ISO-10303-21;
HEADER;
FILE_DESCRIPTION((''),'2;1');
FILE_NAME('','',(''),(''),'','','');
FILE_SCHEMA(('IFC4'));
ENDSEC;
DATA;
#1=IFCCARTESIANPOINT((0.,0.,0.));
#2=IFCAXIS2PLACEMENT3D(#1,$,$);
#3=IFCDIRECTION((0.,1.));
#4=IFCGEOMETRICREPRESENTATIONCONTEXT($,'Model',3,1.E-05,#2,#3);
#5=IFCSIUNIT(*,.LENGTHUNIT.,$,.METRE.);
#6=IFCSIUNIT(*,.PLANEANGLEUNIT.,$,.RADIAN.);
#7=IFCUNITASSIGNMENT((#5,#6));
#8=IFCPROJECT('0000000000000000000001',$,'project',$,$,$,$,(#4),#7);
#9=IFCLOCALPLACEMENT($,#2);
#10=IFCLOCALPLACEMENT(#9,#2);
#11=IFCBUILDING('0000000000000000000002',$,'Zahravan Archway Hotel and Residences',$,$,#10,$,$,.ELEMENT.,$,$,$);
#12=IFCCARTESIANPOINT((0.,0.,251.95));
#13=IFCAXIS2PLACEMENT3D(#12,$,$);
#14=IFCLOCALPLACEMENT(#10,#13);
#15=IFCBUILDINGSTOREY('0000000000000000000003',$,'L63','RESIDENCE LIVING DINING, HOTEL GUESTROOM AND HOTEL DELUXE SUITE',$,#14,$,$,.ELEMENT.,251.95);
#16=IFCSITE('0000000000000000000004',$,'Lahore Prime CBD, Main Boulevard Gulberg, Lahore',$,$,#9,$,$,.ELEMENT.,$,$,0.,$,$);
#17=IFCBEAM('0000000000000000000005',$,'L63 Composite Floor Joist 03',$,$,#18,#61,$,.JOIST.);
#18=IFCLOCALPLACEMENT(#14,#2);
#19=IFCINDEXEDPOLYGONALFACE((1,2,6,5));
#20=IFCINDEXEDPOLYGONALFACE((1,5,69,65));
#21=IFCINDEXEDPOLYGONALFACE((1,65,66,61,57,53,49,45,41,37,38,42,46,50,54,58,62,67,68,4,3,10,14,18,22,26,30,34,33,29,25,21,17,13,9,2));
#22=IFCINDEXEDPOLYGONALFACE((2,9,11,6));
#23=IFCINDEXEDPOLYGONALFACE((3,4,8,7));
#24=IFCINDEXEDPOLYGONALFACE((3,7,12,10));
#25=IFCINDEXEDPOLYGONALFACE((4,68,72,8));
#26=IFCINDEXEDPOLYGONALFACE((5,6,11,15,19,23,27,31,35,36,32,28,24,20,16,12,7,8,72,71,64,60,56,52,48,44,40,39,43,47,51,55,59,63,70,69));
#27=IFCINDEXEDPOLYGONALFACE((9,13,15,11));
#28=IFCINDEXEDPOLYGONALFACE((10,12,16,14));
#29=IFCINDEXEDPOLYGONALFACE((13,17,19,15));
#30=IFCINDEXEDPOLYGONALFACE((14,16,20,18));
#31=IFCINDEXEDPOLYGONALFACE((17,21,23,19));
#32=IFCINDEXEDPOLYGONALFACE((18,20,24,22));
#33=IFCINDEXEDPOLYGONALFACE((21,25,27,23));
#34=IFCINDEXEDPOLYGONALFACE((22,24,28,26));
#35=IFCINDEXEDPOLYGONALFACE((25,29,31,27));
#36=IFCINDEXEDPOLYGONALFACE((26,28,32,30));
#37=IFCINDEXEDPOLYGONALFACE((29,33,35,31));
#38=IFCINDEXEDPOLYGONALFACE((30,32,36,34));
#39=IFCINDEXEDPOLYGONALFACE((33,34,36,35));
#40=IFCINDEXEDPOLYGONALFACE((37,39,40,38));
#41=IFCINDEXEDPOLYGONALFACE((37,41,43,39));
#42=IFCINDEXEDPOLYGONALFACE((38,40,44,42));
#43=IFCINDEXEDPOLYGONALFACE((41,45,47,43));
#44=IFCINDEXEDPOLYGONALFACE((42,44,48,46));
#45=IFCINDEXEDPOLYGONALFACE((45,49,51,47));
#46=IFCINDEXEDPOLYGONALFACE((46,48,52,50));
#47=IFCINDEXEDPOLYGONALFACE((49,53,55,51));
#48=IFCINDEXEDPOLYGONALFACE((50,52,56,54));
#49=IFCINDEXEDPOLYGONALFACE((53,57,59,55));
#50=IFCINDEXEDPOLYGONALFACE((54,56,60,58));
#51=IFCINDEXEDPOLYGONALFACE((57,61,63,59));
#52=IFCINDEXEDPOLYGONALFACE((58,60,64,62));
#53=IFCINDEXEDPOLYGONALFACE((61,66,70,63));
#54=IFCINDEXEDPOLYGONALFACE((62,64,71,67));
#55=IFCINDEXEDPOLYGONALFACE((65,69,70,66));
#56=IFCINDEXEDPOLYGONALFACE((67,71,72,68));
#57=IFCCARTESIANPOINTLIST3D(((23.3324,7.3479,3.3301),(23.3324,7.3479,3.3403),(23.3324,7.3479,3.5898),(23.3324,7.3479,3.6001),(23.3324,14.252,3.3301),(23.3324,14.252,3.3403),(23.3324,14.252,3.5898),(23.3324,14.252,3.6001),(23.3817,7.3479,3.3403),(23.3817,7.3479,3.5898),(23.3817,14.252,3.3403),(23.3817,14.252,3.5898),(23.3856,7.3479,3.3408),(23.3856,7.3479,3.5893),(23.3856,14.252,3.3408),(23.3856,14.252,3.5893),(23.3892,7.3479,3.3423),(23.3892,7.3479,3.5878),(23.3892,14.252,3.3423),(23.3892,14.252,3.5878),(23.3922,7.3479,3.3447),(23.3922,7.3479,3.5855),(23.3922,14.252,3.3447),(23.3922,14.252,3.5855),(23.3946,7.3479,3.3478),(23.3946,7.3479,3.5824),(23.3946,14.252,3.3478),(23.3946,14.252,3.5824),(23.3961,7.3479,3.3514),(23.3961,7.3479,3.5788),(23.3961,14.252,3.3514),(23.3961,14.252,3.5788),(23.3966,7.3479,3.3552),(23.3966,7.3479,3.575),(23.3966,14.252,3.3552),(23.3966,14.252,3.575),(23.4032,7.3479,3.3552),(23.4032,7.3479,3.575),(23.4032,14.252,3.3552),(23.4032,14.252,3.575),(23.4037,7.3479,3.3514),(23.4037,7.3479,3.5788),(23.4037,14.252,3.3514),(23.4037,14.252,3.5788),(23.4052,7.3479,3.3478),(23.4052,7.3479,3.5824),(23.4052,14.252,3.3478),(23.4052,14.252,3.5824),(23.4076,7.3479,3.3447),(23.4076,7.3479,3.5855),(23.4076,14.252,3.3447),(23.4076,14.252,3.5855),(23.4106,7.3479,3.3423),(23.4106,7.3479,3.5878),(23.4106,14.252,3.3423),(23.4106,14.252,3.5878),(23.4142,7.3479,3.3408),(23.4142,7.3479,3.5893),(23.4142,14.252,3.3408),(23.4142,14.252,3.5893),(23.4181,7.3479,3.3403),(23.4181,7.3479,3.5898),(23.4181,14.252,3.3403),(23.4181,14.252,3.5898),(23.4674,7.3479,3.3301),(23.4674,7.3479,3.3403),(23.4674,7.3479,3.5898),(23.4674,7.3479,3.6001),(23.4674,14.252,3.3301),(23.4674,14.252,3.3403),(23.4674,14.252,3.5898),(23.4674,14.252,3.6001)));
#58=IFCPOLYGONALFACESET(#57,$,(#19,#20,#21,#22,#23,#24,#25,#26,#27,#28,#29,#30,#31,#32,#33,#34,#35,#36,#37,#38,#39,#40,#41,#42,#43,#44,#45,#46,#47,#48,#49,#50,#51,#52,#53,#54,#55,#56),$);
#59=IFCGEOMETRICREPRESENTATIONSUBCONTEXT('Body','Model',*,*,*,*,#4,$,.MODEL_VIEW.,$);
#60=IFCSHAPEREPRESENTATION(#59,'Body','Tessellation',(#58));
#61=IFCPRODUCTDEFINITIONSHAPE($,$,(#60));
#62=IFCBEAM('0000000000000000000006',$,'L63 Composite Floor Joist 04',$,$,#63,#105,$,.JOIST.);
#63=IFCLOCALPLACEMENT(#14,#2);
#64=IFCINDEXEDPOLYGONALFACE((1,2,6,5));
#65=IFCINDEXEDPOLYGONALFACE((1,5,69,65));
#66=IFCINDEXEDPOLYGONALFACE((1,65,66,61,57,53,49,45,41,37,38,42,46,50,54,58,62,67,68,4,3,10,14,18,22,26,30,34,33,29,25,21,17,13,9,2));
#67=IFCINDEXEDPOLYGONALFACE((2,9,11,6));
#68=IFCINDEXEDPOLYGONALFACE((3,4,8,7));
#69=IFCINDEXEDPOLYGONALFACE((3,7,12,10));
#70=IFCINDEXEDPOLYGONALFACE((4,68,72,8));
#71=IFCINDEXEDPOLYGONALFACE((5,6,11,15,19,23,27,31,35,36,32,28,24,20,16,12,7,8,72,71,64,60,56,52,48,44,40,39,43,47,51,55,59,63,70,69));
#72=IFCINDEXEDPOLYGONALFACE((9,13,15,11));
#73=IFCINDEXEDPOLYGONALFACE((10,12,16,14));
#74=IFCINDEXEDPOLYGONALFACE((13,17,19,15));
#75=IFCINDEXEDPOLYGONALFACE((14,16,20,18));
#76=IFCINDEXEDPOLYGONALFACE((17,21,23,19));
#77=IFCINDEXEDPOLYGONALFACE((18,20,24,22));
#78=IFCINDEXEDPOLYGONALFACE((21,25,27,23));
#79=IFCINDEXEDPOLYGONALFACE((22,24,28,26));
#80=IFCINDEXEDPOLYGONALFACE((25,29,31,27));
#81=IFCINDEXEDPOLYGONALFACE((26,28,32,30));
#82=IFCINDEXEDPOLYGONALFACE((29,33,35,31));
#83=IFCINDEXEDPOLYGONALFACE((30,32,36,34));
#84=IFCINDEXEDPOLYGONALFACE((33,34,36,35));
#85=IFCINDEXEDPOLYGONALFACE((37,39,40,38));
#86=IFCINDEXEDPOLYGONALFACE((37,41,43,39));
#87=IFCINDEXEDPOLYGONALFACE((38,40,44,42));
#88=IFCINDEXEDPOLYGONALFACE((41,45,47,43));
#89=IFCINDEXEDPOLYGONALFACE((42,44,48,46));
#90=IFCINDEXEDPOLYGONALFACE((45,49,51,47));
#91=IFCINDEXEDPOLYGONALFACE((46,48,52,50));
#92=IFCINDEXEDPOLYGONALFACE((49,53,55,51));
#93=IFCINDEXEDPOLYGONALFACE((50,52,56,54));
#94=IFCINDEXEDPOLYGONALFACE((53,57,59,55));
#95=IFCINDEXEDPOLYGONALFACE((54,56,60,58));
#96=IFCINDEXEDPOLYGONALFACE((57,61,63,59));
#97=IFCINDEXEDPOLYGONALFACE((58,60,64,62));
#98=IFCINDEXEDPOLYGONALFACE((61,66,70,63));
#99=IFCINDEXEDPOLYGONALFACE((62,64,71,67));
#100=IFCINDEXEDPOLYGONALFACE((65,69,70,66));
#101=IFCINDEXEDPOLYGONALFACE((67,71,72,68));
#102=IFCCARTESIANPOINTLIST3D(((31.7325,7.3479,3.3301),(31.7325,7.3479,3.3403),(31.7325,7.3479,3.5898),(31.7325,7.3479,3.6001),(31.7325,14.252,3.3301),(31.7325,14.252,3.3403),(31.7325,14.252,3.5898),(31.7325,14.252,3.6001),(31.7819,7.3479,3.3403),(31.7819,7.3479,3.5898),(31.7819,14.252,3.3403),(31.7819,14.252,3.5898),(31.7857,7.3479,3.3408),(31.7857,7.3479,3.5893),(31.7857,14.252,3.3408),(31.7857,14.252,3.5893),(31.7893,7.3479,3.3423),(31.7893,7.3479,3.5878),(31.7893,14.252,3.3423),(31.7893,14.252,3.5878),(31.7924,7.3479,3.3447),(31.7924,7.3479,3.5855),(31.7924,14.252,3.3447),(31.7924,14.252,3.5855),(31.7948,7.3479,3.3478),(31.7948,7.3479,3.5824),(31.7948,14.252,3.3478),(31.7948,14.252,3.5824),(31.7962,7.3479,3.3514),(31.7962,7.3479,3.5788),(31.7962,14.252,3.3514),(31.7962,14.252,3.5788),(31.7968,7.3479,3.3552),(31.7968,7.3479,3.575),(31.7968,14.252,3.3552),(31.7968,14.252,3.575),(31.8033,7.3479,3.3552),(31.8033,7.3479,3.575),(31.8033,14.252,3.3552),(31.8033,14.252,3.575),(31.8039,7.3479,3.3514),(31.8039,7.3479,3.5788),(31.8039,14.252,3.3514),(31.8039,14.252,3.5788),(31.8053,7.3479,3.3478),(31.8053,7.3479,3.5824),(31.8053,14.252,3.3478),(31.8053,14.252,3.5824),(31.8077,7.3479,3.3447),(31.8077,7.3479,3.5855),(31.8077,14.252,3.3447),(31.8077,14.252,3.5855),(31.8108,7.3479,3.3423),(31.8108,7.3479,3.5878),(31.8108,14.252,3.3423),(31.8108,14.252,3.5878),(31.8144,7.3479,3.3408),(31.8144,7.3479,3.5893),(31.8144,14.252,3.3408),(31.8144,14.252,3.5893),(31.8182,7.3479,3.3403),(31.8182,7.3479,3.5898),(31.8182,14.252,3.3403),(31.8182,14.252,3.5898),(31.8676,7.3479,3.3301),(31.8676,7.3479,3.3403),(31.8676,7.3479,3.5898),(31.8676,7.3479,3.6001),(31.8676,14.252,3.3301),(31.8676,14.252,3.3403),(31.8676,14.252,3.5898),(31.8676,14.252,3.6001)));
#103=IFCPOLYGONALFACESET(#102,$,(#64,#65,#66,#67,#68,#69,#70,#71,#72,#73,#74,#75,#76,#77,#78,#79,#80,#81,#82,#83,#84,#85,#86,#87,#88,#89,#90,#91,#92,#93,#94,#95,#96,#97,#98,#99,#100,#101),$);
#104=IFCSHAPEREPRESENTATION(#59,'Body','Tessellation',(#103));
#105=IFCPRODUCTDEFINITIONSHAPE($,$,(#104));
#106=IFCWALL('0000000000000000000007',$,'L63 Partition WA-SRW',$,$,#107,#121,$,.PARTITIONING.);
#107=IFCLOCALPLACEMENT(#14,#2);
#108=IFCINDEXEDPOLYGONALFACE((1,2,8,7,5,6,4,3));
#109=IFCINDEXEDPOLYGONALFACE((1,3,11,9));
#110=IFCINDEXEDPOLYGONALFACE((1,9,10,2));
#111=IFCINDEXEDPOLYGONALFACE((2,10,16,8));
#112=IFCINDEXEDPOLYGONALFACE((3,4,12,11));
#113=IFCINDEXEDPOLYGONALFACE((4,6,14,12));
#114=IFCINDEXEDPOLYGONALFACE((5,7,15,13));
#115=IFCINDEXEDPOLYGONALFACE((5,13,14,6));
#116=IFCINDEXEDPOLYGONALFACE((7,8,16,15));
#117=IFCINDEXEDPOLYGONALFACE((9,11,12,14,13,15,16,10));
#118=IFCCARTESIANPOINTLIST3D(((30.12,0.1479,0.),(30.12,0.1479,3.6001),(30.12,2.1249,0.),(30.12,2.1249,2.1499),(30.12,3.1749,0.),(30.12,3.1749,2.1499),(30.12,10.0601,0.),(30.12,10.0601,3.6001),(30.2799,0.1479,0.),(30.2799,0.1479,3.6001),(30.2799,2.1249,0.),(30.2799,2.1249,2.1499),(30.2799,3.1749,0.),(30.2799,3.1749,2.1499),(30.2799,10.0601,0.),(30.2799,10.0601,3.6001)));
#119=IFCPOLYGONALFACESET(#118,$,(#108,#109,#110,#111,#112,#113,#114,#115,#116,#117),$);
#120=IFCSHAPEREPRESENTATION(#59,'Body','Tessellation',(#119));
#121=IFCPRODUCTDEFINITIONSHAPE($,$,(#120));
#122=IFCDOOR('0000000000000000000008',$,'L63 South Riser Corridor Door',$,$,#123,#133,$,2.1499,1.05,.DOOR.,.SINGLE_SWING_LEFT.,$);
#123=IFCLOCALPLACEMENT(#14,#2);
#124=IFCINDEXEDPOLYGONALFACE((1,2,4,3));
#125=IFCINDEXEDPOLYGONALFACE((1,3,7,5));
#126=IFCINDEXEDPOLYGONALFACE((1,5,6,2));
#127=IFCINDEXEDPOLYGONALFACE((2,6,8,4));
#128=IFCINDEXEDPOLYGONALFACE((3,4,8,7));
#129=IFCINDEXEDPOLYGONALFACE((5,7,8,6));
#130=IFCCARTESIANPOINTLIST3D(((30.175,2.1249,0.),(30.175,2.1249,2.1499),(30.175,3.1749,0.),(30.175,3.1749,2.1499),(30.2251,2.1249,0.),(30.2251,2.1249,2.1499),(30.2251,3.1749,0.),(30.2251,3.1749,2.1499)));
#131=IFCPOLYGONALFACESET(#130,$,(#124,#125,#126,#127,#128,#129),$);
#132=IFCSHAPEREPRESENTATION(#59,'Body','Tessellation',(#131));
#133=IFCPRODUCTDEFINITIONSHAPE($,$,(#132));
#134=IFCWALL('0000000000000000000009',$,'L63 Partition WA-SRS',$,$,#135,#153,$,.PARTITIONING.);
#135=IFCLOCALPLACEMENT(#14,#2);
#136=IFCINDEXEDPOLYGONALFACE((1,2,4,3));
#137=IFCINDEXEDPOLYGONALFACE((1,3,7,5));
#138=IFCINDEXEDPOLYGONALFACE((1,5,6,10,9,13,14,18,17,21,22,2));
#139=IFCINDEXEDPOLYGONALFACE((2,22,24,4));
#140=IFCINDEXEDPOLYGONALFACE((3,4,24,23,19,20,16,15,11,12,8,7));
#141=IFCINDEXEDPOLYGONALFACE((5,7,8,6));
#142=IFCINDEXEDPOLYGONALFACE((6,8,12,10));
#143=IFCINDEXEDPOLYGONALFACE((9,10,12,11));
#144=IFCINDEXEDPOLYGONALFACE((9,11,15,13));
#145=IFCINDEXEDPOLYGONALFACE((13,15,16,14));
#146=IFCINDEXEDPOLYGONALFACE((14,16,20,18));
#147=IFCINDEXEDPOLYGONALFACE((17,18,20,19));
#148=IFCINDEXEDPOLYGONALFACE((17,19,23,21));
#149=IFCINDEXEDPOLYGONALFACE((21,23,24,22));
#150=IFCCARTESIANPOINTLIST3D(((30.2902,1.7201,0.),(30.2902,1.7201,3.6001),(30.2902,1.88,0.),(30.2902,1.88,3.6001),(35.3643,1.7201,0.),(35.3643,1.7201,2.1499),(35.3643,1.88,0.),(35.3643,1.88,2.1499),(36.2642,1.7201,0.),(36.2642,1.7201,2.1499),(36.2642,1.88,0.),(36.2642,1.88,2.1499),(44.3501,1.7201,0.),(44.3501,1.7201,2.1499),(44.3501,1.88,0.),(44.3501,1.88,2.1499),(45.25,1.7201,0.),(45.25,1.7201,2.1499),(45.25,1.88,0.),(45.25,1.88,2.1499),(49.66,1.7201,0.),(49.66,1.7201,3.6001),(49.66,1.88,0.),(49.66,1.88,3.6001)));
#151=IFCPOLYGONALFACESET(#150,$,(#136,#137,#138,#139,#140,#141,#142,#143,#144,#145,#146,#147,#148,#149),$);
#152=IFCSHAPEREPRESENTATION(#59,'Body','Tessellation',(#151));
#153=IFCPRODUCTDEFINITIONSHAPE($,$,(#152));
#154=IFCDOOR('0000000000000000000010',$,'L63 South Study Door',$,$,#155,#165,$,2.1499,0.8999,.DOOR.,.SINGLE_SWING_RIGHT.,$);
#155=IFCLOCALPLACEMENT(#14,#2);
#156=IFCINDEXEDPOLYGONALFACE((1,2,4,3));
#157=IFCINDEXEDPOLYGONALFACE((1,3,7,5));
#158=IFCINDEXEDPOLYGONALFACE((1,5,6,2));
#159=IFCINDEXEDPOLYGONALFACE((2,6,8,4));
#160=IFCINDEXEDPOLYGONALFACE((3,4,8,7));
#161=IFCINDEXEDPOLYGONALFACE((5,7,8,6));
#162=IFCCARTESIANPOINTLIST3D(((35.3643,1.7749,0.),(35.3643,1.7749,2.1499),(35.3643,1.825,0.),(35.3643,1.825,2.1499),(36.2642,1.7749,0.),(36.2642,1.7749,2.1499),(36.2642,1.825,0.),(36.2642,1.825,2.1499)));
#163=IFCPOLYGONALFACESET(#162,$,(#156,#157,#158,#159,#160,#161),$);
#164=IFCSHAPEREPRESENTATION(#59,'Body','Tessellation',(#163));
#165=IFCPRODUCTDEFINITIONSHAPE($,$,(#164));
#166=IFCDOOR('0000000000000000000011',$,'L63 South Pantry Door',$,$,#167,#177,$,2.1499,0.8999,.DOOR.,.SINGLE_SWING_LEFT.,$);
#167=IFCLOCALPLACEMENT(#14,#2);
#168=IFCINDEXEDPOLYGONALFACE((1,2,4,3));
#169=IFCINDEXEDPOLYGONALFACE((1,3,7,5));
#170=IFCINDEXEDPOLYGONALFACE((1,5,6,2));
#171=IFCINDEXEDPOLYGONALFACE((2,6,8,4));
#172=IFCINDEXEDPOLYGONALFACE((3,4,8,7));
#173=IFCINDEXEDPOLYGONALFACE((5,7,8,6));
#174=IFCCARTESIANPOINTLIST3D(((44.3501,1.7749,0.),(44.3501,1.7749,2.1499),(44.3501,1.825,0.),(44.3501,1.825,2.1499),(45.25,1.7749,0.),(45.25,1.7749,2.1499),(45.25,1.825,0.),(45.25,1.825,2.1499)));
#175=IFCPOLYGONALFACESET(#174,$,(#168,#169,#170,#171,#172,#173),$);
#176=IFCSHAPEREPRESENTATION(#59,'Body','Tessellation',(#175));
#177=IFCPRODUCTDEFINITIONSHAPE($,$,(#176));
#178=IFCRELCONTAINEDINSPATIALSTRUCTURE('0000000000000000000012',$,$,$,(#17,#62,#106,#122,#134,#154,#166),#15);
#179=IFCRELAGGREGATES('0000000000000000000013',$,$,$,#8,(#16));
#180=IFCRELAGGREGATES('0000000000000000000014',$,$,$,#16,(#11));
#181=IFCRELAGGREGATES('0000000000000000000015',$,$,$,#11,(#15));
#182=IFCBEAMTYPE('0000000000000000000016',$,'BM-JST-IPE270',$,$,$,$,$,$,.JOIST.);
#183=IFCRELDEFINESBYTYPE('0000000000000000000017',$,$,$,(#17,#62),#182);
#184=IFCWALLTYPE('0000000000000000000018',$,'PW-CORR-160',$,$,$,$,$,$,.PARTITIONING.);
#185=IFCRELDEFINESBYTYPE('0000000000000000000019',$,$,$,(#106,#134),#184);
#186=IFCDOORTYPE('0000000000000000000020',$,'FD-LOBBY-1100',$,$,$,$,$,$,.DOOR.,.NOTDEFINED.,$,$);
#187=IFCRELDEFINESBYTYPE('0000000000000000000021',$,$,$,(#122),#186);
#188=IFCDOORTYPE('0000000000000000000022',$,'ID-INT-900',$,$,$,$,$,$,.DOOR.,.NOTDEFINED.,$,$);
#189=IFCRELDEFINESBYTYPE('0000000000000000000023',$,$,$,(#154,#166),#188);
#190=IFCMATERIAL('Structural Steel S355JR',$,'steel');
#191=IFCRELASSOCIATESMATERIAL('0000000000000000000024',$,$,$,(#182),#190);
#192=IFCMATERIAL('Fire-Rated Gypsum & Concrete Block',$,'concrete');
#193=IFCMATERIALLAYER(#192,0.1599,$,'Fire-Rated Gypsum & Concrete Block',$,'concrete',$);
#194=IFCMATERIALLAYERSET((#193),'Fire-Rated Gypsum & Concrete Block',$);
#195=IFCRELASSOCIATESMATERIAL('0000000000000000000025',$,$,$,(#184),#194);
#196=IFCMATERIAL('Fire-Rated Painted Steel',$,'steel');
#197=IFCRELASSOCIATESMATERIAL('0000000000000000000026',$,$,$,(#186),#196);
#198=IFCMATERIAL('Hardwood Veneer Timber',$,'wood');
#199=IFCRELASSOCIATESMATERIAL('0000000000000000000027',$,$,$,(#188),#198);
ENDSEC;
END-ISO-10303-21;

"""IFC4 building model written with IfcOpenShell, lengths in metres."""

from ifc_helpers import new_model, si_unit, direction, frame, frame_2d, origin, origin_2d, place, context, subcontext, project, spatial, rectangle, i_section, extrude, source, transform, mapped, material, layer, layer_set, material_profile, profile_set, type_object, type_shapes, element, fill, save


model = new_model("IFC4")

# Units and contexts
model_context = context("Model", 3, precision=1e-05, world=origin(), true_north=direction((0.0, 1.0)))
body_context = subcontext(model_context, "Body", "Model", "MODEL_VIEW")
ifc_project = project(units=[si_unit("LENGTHUNIT", "METRE"), si_unit("PLANEANGLEUNIT", "RADIAN")], contexts=[model_context])

# Site, building, storey
site_placement = place(None, origin())
site = spatial("IfcSite", under=ifc_project, at=site_placement, Name="Lahore Prime CBD, Main Boulevard Gulberg, Lahore", CompositionType="ELEMENT", RefElevation=0.0)
building_placement = place(site_placement, origin())
building = spatial("IfcBuilding", under=site, at=building_placement, Name="Zahravan Archway Hotel and Residences", CompositionType="ELEMENT")
storey_placement = place(building_placement, frame((0.0, 0.0, 251.95)))
storey = spatial("IfcBuildingStorey", under=building, at=storey_placement, Name="L63", Description="RESIDENCE LIVING DINING, HOTEL GUESTROOM AND HOTEL DELUXE SUITE", CompositionType="ELEMENT", Elevation=251.95)

# Beams
ifc_material_1 = material(Name="Structural Steel S355JR", Category="steel")
ifc_material_profile_1 = material_profile(ifc_material_1, i_section(OverallWidth=0.135, OverallDepth=0.27, WebThickness=0.0066, FlangeThickness=0.0103, FilletRadius=0.0149, at=origin_2d()), Name="IPE 270", Category="steel")
ifc_profile_set_1 = profile_set([ifc_material_profile_1], Name="Structural Steel S355JR")
beam_type_1 = type_object("IfcBeamType", Name="BM-JST-IPE270", PredefinedType="JOIST", material=ifc_profile_set_1)
shared_shape_1 = source(origin(), body_context, "Body", "SweptSolid", [
    extrude(i_section(OverallWidth=0.135, OverallDepth=0.27, WebThickness=0.0066, FlangeThickness=0.0103, FilletRadius=0.0149, at=origin_2d()), origin(), (0.0, 0.0, 1.0), 6.9041),
])
type_shapes(beam_type_1, [shared_shape_1])
for number, where, z_axis, x_axis, name in (
    (1, (23.3999, 7.3479, 3.4651), (0.0, 1.0, 0.0), (-1.0, 0.0, 0.0), "L63 Composite Floor Joist 03"),
    (2, (31.8, 7.3479, 3.4651), (0.0, 1.0, 0.0), (-1.0, 0.0, 0.0), "L63 Composite Floor Joist 04"),
):
    element("IfcBeam", number, at=place(storey_placement, frame(where, z_axis=z_axis, x_axis=x_axis)), inside=storey, type_object=beam_type_1, Name=name, PredefinedType="JOIST", context=body_context, shape_type="MappedRepresentation", body=[
        mapped(shared_shape_1, transform((0.0, 0.0, 0.0), scale=1.0)),
    ])

# Wall, opening, door
ifc_material_2 = material(Name="Fire-Rated Gypsum & Concrete Block", Category="concrete")
ifc_layer_1 = layer(ifc_material_2, 0.1599, Name="Fire-Rated Gypsum & Concrete Block", Category="concrete")
ifc_layer_set_1 = layer_set([ifc_layer_1], Name="Fire-Rated Gypsum & Concrete Block")
wall_type_1 = type_object("IfcWallType", Name="PW-CORR-160", PredefinedType="PARTITIONING", material=ifc_layer_set_1)
wall_1_placement = place(storey_placement, frame((30.2, 0.1479, 0.0), z_axis=(0.0, 0.0, 1.0), x_axis=(0.0, 1.0, 0.0)))
wall_1 = element("IfcWall", 3, at=wall_1_placement, inside=storey, type_object=wall_type_1, Name="L63 Partition WA-SRW", PredefinedType="PARTITIONING", context=body_context, shape_type="SweptSolid", body=[
    extrude(rectangle(XDim=9.9121, YDim=0.1599, at=frame_2d((4.9561, 0.0))), origin(), (0.0, 0.0, 1.0), 3.6001),
])
opening_1_placement = place(wall_1_placement, frame((1.9771, 0.0, 0.0)))
opening_1 = element("IfcOpeningElement", 4, at=opening_1_placement, cuts=wall_1, PredefinedType="OPENING", context=body_context, shape_type="SweptSolid", body=[
    extrude(rectangle(XDim=1.05, YDim=2.1499, at=frame_2d((0.5249, 1.075))), frame((0.0, 0.0898, 0.0), z_axis=(0.0, -1.0, 0.0), x_axis=(1.0, 0.0, 0.0)), (0.0, 0.0, 1.0), 0.1799),
])
ifc_material_3 = material(Name="Fire-Rated Painted Steel", Category="steel")
door_type_1 = type_object("IfcDoorType", Name="FD-LOBBY-1100", OperationType="NOTDEFINED", PredefinedType="DOOR", material=ifc_material_3)
shared_shape_2 = source(origin(), body_context, "Body", "SweptSolid", [
    extrude(rectangle(XDim=1.05, YDim=2.1499, at=frame_2d((0.5249, 1.075))), frame((0.0, 0.0249, 0.0), z_axis=(0.0, -1.0, 0.0), x_axis=(1.0, 0.0, 0.0)), (0.0, 0.0, 1.0), 0.05),
])
type_shapes(door_type_1, [shared_shape_2])
door_1_placement = place(opening_1_placement, origin())
door_1 = element("IfcDoor", 5, at=door_1_placement, inside=storey, type_object=door_type_1, Name="L63 South Riser Corridor Door", OperationType="SINGLE_SWING_LEFT", OverallHeight=2.1499, OverallWidth=1.05, PredefinedType="DOOR", context=body_context, shape_type="MappedRepresentation", body=[
    mapped(shared_shape_2, transform((0.0, 0.0, 0.0), scale=1.0)),
])
fill(opening_1, door_1)

# Wall, openings, doors
wall_2_placement = place(storey_placement, frame((30.29, 1.8, 0.0), z_axis=(0.0, 0.0, 1.0), x_axis=(1.0, 0.0, 0.0)))
wall_2 = element("IfcWall", 6, at=wall_2_placement, inside=storey, type_object=wall_type_1, Name="L63 Partition WA-SRS", PredefinedType="PARTITIONING", context=body_context, shape_type="SweptSolid", body=[
    extrude(rectangle(XDim=19.3699, YDim=0.1599, at=frame_2d((9.6851, 0.0))), origin(), (0.0, 0.0, 1.0), 3.6001),
])
opening_2_placement = place(wall_2_placement, frame((5.0742, 0.0, 0.0)))
opening_2 = element("IfcOpeningElement", 7, at=opening_2_placement, cuts=wall_2, PredefinedType="OPENING", context=body_context, shape_type="SweptSolid", body=[
    extrude(rectangle(XDim=0.8999, YDim=2.1499, at=frame_2d((0.45, 1.075))), frame((0.0, 0.0898, 0.0), z_axis=(0.0, -1.0, 0.0), x_axis=(1.0, 0.0, 0.0)), (0.0, 0.0, 1.0), 0.1799),
])
opening_3_placement = place(wall_2_placement, frame((14.0601, 0.0, 0.0)))
opening_3 = element("IfcOpeningElement", 8, at=opening_3_placement, cuts=wall_2, PredefinedType="OPENING", context=body_context, shape_type="SweptSolid", body=[
    extrude(rectangle(XDim=0.8999, YDim=2.1499, at=frame_2d((0.45, 1.075))), frame((0.0, 0.0898, 0.0), z_axis=(0.0, -1.0, 0.0), x_axis=(1.0, 0.0, 0.0)), (0.0, 0.0, 1.0), 0.1799),
])
ifc_material_4 = material(Name="Hardwood Veneer Timber", Category="wood")
door_type_2 = type_object("IfcDoorType", Name="ID-INT-900", OperationType="NOTDEFINED", PredefinedType="DOOR", material=ifc_material_4)
shared_shape_3 = source(origin(), body_context, "Body", "SweptSolid", [
    extrude(rectangle(XDim=0.8999, YDim=2.1499, at=frame_2d((0.45, 1.075))), frame((0.0, 0.0249, 0.0), z_axis=(0.0, -1.0, 0.0), x_axis=(1.0, 0.0, 0.0)), (0.0, 0.0, 1.0), 0.05),
])
type_shapes(door_type_2, [shared_shape_3])
door_2_placement = place(opening_2_placement, origin())
door_2 = element("IfcDoor", 9, at=door_2_placement, inside=storey, type_object=door_type_2, Name="L63 South Study Door", OperationType="SINGLE_SWING_RIGHT", OverallHeight=2.1499, OverallWidth=0.8999, PredefinedType="DOOR", context=body_context, shape_type="MappedRepresentation", body=[
    mapped(shared_shape_3, transform((0.0, 0.0, 0.0), scale=1.0)),
])
fill(opening_2, door_2)
door_3_placement = place(opening_3_placement, origin())
door_3 = element("IfcDoor", 10, at=door_3_placement, inside=storey, type_object=door_type_2, Name="L63 South Pantry Door", OperationType="SINGLE_SWING_LEFT", OverallHeight=2.1499, OverallWidth=0.8999, PredefinedType="DOOR", context=body_context, shape_type="MappedRepresentation", body=[
    mapped(shared_shape_3, transform((0.0, 0.0, 0.0), scale=1.0)),
])
fill(opening_3, door_3)

save(model, "model.ifc")
